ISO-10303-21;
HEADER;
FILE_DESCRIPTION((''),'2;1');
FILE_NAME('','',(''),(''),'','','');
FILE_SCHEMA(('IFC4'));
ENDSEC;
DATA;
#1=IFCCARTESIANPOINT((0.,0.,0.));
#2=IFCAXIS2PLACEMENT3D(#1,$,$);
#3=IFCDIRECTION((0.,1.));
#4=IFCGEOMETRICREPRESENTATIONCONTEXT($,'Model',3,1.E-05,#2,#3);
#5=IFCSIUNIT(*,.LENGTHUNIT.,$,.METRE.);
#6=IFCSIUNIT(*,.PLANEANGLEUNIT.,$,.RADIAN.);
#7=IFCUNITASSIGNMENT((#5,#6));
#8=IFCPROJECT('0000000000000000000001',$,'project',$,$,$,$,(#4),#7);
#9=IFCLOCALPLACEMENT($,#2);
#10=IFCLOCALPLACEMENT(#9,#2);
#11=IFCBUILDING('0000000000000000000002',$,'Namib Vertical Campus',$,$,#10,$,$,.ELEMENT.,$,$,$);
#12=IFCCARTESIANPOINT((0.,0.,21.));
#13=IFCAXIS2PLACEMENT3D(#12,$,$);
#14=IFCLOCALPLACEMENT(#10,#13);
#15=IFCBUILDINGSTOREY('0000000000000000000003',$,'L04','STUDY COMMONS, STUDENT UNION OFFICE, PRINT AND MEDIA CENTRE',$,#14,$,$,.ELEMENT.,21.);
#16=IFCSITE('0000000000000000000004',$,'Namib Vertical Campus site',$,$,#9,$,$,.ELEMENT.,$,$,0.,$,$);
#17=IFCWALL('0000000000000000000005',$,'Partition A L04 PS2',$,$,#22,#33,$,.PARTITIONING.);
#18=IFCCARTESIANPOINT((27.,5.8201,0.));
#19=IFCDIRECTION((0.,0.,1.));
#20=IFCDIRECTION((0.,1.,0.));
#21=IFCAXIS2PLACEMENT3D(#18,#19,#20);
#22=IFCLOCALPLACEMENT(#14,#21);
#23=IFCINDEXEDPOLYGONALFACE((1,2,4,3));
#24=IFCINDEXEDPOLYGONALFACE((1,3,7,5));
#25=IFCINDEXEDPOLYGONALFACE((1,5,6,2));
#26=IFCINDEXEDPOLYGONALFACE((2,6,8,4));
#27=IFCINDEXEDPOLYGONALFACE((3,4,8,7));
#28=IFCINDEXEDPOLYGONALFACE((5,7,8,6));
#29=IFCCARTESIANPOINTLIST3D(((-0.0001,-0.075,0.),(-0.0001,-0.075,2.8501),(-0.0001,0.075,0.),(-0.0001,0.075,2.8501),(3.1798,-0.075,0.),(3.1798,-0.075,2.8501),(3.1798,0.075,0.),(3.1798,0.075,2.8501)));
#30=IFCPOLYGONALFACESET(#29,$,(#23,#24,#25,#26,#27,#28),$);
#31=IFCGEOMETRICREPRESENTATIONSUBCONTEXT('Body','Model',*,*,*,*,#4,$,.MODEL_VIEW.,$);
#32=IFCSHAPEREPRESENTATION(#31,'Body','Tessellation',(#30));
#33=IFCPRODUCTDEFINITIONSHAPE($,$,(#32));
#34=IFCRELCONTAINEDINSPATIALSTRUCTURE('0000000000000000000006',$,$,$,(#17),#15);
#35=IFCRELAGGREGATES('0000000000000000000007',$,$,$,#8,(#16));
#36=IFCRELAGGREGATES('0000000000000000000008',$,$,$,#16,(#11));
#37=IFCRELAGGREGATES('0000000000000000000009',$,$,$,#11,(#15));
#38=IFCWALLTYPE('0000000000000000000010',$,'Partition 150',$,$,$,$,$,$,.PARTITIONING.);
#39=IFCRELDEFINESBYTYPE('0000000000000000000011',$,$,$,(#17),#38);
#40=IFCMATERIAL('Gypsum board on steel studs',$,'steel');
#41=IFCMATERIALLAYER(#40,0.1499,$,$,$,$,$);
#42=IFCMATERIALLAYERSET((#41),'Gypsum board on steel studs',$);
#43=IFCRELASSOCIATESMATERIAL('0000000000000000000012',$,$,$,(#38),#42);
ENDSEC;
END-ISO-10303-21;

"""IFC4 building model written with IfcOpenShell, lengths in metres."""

from ifc_helpers import new_model, si_unit, direction, frame, frame_2d, origin, place, context, subcontext, project, spatial, rectangle, extrude, material, layer, layer_set, type_object, element, save


model = new_model("IFC4")

# Units and contexts
model_context = context("Model", 3, precision=1e-05, world=origin(), true_north=direction((0.0, 1.0)))
body_context = subcontext(model_context, "Body", "Model", "MODEL_VIEW")
ifc_project = project(units=[si_unit("LENGTHUNIT", "METRE"), si_unit("PLANEANGLEUNIT", "RADIAN")], contexts=[model_context])

# Site, building, storey
site_placement = place(None, origin())
site = spatial("IfcSite", under=ifc_project, at=site_placement, Name="Namib Vertical Campus site", CompositionType="ELEMENT", RefElevation=0.0)
building_placement = place(site_placement, origin())
building = spatial("IfcBuilding", under=site, at=building_placement, Name="Namib Vertical Campus", CompositionType="ELEMENT")
storey_placement = place(building_placement, frame((0.0, 0.0, 21.0)))
storey = spatial("IfcBuildingStorey", under=building, at=storey_placement, Name="L04", Description="STUDY COMMONS, STUDENT UNION OFFICE, PRINT AND MEDIA CENTRE", CompositionType="ELEMENT", Elevation=21.0)

# Wall
ifc_material_1 = material(Name="Gypsum board on steel studs", Category="steel")
ifc_layer_1 = layer(ifc_material_1, 0.1499)
ifc_layer_set_1 = layer_set([ifc_layer_1], Name="Gypsum board on steel studs")
wall_type_1 = type_object("IfcWallType", Name="Partition 150", PredefinedType="PARTITIONING", material=ifc_layer_set_1)
wall_1_placement = place(storey_placement, frame((27.0, 5.8201, 0.0), z_axis=(0.0, 0.0, 1.0), x_axis=(0.0, 1.0, 0.0)))
element("IfcWall", 1, at=wall_1_placement, inside=storey, type_object=wall_type_1, Name="Partition A L04 PS2", PredefinedType="PARTITIONING", context=body_context, shape_type="SweptSolid", body=[
    extrude(rectangle(XDim=3.1799, YDim=0.1499, at=frame_2d((1.5898, 0.0))), origin(), (0.0, 0.0, 1.0), 2.8501),
])

save(model, "model.ifc")
